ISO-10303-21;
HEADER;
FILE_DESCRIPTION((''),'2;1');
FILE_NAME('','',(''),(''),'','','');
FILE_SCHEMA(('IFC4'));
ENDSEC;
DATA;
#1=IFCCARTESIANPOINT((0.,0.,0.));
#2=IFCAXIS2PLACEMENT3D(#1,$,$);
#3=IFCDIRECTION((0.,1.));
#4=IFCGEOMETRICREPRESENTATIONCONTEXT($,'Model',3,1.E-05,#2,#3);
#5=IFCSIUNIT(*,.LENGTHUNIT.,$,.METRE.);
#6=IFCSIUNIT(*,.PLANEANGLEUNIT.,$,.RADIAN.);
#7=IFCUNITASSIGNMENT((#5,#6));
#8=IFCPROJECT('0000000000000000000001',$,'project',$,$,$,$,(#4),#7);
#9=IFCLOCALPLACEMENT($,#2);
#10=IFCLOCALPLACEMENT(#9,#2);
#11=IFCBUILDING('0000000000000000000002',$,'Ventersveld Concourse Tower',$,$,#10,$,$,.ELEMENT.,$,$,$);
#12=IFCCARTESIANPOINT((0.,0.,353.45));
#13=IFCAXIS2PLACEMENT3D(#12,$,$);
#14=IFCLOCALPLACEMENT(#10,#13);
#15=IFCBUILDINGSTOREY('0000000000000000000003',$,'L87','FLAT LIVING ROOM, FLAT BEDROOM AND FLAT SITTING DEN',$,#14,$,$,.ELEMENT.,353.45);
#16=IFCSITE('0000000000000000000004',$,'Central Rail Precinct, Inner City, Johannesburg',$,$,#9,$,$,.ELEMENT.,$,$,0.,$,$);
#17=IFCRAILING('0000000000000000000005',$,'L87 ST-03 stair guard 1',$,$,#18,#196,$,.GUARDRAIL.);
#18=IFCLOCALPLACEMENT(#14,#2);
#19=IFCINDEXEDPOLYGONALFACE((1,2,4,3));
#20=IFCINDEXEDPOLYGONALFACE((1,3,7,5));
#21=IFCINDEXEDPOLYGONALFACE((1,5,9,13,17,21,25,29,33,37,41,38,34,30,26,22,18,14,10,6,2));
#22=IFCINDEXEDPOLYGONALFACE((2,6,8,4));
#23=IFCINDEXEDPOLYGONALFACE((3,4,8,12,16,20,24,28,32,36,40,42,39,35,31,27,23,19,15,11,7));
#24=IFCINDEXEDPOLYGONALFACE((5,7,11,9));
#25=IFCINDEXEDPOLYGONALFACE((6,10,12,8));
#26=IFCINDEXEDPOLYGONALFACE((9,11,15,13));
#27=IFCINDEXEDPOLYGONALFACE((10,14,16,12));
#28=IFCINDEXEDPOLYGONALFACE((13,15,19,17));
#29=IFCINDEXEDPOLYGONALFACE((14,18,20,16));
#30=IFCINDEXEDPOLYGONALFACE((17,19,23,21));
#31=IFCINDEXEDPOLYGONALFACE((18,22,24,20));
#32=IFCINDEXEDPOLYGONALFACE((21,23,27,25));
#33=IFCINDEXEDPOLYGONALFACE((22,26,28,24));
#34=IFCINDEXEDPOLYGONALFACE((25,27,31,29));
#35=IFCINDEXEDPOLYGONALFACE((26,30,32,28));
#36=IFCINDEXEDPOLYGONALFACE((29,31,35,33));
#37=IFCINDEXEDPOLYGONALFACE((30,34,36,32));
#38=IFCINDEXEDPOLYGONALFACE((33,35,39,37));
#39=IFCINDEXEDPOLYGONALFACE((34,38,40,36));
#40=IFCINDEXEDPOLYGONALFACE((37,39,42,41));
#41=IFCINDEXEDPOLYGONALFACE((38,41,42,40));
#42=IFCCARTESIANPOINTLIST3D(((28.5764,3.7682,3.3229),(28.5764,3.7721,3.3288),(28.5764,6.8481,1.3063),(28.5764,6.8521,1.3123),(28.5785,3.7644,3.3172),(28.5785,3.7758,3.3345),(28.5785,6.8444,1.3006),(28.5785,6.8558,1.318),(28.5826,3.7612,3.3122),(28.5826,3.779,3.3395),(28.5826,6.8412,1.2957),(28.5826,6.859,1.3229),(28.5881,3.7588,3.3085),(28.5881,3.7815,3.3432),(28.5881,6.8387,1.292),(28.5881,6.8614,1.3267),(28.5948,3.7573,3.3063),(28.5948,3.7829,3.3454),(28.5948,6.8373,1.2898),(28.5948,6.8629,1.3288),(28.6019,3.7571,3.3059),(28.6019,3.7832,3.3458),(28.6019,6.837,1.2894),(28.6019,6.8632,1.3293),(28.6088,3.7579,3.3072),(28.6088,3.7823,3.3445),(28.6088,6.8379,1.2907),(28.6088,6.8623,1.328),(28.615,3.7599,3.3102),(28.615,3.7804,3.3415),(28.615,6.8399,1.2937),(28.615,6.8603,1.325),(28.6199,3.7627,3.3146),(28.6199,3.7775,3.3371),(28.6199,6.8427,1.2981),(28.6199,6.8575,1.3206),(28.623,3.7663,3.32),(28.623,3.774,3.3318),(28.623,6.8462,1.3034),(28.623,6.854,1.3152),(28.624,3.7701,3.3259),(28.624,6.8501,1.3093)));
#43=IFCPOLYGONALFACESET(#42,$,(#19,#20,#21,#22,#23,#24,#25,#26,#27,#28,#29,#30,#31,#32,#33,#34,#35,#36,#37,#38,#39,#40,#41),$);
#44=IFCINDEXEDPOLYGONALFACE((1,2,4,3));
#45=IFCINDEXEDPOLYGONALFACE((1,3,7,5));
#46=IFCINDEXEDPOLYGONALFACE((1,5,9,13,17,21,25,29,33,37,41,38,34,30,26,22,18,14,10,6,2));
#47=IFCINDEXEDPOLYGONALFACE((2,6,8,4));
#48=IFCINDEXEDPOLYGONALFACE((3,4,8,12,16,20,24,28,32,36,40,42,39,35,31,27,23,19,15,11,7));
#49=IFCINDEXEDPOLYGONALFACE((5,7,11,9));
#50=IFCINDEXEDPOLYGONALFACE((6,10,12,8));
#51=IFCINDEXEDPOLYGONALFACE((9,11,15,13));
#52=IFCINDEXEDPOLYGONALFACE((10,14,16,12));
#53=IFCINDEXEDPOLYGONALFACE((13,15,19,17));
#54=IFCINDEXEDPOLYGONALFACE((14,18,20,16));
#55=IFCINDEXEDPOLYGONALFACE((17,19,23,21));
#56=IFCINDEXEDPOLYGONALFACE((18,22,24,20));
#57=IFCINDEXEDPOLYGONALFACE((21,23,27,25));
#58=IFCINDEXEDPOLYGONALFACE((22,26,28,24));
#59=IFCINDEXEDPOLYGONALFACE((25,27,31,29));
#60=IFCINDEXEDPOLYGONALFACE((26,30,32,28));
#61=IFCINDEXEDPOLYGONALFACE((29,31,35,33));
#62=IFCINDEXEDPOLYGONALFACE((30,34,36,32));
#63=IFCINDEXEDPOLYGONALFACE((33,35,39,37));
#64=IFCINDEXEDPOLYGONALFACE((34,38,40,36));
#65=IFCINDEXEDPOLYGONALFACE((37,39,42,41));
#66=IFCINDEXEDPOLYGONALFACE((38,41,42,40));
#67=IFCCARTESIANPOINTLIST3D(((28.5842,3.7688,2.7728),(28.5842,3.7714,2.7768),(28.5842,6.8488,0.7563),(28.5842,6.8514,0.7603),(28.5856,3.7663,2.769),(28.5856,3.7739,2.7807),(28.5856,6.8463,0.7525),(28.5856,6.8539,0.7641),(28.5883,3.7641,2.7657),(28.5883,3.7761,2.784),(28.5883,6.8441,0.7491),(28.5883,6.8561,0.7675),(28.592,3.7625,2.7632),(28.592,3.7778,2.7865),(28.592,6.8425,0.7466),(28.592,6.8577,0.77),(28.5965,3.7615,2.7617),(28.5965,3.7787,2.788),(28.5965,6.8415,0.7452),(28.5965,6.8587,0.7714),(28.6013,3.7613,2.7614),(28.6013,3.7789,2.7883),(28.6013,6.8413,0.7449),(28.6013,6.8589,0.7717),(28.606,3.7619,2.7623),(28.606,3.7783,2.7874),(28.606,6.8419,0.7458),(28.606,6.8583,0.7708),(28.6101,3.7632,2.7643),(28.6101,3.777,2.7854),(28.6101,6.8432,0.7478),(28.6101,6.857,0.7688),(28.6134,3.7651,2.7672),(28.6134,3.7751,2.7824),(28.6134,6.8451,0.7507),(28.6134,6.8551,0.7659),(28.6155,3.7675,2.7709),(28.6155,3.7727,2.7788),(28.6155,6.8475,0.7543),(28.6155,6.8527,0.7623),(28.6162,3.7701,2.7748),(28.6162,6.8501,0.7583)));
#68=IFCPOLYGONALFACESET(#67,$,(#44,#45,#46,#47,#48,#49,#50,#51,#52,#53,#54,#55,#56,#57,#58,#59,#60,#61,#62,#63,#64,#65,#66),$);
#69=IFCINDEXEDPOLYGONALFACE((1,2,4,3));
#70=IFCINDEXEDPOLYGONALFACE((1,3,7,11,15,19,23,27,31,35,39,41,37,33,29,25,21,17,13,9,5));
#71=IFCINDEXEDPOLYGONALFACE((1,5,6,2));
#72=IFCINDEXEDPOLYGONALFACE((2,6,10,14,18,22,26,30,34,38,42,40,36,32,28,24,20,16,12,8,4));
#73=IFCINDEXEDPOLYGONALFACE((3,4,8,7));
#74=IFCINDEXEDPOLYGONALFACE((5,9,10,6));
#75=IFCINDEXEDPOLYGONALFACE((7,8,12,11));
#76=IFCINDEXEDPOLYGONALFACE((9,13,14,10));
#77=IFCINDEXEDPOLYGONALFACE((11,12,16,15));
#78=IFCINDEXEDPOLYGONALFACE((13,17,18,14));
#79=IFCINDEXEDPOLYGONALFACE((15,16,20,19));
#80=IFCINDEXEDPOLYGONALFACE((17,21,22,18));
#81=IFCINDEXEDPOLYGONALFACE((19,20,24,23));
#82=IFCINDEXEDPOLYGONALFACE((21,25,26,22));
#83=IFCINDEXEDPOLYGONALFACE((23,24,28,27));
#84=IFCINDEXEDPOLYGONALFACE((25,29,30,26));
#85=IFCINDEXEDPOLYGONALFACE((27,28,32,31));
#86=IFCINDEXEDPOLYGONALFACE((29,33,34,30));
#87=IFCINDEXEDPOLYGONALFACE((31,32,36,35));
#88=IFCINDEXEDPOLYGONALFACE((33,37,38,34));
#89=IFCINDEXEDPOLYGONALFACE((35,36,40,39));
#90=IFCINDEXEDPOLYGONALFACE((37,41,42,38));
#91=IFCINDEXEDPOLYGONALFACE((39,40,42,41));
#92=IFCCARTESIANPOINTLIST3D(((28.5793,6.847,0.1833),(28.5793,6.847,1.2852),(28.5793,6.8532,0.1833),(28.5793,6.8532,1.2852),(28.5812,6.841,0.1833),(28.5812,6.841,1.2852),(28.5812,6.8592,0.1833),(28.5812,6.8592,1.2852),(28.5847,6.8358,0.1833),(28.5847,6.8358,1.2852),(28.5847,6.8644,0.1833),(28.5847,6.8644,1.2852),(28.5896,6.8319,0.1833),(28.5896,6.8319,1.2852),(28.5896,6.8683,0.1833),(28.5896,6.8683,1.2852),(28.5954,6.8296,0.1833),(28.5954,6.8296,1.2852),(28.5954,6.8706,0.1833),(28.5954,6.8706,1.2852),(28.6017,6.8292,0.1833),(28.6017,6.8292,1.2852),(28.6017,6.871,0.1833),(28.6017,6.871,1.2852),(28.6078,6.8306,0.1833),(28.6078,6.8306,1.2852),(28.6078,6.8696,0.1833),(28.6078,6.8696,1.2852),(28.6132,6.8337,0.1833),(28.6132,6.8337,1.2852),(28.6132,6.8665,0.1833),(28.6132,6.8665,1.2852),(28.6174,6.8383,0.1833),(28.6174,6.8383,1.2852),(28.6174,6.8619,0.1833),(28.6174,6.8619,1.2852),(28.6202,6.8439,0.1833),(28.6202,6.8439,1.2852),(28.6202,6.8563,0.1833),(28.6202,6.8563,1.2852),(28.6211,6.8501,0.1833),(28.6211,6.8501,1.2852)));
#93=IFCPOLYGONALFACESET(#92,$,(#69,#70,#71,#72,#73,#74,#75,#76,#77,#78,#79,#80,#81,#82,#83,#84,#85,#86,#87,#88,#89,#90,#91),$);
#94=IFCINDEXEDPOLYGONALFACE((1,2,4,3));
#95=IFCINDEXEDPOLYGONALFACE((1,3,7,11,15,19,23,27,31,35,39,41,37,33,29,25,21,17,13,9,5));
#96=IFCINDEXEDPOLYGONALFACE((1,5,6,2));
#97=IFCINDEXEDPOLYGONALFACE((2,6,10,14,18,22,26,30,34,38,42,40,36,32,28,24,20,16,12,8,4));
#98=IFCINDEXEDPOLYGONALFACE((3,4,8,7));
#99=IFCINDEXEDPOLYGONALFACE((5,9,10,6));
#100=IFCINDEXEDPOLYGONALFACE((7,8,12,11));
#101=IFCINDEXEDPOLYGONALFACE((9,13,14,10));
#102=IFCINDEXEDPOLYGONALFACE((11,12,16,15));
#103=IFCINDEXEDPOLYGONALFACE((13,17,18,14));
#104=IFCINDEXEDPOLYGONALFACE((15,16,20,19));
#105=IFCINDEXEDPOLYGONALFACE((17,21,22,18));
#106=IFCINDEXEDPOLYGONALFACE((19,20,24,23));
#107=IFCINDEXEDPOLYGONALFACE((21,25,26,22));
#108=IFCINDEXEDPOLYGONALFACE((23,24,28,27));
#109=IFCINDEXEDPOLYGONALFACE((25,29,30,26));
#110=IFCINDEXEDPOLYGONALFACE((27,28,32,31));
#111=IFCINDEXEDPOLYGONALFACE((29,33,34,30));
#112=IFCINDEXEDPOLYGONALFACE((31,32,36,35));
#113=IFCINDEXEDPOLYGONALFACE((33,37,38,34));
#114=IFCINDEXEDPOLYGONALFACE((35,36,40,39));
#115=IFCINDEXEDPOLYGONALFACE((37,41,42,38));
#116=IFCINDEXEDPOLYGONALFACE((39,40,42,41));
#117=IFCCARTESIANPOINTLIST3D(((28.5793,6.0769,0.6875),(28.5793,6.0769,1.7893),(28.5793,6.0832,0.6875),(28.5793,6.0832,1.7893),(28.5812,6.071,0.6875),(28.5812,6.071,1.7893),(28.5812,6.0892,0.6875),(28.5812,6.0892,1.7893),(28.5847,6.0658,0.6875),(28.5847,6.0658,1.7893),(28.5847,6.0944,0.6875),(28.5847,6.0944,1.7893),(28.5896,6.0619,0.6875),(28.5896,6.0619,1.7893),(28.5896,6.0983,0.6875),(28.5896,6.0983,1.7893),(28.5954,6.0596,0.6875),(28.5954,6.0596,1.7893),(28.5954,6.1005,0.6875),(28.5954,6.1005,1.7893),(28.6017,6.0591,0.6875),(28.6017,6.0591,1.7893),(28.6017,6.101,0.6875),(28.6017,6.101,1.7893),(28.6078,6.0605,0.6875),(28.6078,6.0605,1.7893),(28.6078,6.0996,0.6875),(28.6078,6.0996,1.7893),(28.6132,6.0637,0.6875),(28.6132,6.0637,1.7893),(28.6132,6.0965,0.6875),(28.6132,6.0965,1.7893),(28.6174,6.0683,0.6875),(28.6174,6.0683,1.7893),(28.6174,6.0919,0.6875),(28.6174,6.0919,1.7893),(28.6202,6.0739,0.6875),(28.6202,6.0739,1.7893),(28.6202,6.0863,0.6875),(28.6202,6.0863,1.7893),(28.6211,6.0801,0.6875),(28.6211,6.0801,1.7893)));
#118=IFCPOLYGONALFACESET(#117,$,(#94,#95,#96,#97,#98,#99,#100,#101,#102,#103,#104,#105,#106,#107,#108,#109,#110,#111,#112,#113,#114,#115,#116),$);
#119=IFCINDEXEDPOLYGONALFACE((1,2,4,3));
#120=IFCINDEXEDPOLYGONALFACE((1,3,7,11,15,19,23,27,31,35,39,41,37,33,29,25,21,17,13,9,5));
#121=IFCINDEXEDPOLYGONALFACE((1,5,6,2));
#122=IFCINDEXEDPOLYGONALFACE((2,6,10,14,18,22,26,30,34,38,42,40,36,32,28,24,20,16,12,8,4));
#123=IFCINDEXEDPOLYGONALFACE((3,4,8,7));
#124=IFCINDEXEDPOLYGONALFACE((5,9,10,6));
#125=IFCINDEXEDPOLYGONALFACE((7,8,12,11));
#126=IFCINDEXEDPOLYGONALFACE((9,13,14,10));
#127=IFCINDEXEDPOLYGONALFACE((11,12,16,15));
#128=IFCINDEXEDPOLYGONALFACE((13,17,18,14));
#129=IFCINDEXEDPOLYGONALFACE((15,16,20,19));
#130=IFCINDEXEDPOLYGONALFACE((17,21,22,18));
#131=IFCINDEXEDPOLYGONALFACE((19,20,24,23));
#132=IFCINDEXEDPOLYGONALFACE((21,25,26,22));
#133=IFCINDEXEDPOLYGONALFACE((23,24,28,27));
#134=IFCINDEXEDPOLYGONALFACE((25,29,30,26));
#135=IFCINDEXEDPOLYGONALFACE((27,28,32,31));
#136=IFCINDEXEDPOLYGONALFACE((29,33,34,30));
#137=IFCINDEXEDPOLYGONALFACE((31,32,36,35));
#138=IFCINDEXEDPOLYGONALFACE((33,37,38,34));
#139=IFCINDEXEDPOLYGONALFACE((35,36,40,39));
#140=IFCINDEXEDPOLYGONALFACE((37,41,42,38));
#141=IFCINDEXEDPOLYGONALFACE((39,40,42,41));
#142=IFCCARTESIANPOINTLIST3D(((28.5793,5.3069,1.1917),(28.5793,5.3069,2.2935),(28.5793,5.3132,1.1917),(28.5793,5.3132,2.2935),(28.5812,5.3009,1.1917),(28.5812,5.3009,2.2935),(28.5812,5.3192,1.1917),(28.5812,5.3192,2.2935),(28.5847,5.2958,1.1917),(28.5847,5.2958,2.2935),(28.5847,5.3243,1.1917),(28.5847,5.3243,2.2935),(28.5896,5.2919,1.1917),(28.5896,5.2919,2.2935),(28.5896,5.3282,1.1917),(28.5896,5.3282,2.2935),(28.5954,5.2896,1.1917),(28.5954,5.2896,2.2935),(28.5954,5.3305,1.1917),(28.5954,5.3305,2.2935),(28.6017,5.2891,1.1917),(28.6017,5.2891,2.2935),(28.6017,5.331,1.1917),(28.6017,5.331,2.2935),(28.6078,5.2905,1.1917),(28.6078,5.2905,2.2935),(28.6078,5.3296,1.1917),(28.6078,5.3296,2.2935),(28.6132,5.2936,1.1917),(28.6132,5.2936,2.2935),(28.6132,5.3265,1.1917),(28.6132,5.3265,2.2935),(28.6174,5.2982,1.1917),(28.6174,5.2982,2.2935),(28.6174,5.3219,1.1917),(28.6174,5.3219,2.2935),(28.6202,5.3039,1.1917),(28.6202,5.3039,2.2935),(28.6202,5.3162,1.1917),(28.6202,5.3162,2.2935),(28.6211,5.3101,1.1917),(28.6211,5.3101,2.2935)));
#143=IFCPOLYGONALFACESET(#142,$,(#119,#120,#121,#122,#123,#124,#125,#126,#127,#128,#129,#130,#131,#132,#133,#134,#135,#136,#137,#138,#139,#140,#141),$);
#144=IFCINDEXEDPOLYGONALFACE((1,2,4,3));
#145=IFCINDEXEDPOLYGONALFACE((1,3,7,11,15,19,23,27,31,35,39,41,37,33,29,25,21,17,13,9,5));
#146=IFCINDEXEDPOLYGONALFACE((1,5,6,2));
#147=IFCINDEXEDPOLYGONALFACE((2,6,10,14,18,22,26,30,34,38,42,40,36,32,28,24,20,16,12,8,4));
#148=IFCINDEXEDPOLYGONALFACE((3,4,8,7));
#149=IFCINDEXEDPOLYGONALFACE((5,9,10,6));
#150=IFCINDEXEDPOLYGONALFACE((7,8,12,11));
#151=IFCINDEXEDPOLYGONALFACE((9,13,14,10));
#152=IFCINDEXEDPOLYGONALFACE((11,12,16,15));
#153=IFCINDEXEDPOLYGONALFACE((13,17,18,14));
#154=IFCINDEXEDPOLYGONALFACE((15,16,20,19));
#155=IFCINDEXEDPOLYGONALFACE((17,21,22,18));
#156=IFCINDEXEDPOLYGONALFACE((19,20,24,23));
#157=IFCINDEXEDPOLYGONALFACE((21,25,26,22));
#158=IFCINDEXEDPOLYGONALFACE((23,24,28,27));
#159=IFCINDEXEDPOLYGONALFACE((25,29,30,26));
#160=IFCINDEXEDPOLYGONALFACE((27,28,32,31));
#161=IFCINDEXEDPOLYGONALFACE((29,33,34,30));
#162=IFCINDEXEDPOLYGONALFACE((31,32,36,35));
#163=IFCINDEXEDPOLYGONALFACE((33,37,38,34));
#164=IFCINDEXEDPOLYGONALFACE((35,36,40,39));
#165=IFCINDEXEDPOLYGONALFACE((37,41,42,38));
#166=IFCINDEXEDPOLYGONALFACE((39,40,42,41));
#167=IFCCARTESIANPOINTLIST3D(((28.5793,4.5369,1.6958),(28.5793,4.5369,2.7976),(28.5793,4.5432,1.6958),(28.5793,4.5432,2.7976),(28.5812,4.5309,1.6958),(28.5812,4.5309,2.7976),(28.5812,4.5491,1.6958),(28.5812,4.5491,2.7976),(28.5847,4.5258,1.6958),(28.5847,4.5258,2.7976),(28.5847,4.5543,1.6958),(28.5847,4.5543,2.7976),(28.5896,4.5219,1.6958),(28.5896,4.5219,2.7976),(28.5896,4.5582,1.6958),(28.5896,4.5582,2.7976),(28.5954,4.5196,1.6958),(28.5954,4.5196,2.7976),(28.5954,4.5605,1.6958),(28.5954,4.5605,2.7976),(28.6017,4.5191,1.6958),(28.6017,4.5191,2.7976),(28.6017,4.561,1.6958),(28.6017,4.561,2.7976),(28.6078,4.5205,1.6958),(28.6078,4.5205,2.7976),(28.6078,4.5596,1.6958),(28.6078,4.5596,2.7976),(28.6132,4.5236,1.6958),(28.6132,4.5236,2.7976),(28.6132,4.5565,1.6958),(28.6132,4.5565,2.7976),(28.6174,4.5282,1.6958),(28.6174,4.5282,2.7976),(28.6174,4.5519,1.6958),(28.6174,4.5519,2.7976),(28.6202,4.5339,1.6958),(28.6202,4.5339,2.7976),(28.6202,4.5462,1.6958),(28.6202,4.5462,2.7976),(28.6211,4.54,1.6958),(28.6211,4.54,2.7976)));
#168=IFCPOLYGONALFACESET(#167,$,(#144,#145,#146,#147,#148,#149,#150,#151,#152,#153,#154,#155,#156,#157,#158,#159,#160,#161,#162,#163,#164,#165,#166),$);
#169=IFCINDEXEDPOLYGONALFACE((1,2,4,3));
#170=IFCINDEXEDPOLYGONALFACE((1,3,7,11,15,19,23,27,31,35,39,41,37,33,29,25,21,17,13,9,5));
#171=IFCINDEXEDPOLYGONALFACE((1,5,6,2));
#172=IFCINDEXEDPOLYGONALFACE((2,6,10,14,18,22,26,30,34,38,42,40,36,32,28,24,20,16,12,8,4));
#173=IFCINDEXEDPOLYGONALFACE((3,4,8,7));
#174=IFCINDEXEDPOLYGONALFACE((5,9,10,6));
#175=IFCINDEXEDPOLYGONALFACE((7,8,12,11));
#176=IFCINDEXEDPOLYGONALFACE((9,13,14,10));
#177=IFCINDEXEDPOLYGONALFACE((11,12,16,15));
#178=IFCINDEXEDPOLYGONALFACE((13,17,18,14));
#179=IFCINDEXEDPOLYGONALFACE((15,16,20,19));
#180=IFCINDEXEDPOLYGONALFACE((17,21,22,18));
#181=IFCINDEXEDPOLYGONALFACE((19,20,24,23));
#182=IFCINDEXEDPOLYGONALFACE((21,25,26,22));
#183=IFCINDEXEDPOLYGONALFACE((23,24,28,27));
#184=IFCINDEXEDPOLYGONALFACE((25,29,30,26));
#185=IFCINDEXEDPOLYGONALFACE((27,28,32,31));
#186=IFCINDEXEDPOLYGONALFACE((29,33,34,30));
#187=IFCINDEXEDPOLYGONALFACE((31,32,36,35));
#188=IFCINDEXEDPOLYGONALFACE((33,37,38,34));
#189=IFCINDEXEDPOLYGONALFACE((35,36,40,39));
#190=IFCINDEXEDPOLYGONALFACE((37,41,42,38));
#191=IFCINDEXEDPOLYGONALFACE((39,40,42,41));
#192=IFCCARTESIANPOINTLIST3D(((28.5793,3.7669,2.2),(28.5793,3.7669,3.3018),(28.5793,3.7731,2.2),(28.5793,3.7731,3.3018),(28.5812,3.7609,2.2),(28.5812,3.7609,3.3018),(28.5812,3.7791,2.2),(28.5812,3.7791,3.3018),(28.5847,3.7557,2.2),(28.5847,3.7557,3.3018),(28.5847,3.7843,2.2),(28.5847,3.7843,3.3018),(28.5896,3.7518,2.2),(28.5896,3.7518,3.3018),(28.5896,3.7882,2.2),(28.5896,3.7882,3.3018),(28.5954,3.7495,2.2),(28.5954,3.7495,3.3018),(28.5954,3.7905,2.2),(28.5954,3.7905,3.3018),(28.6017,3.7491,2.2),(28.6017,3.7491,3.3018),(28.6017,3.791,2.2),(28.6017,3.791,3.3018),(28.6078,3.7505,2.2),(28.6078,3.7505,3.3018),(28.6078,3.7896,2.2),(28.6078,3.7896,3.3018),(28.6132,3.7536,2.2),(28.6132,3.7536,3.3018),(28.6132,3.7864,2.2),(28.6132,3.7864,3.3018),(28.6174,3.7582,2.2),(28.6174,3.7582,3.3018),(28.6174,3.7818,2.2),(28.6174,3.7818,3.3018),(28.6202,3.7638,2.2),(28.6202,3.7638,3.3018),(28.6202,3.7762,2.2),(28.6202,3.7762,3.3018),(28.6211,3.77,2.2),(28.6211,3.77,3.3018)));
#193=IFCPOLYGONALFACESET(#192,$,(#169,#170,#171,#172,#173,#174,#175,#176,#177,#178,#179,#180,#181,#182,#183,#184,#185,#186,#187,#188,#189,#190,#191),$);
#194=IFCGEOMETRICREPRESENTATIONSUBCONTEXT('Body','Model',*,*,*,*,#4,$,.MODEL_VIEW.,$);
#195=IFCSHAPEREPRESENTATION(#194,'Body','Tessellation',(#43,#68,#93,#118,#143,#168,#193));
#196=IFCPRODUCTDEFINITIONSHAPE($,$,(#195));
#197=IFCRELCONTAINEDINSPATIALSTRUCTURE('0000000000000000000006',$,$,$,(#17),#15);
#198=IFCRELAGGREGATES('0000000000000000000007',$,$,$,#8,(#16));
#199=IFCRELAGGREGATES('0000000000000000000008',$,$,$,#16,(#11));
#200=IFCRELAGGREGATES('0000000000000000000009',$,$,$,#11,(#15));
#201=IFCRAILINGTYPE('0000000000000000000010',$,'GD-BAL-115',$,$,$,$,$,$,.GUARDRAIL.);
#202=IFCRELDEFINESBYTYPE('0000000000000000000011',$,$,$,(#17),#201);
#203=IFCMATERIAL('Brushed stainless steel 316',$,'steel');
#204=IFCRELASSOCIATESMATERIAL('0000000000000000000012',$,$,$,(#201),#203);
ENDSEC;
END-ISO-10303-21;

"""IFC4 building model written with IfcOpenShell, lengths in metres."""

from ifc_helpers import new_model, si_unit, direction, frame, origin, origin_2d, place, context, subcontext, project, spatial, circle, extrude, material, type_object, element, save


model = new_model("IFC4")

# Units and contexts
model_context = context("Model", 3, precision=1e-05, world=origin(), true_north=direction((0.0, 1.0)))
body_context = subcontext(model_context, "Body", "Model", "MODEL_VIEW")
ifc_project = project(units=[si_unit("LENGTHUNIT", "METRE"), si_unit("PLANEANGLEUNIT", "RADIAN")], contexts=[model_context])

# Site, building, storey
site_placement = place(None, origin())
site = spatial("IfcSite", under=ifc_project, at=site_placement, Name="Central Rail Precinct, Inner City, Johannesburg", CompositionType="ELEMENT", RefElevation=0.0)
building_placement = place(site_placement, origin())
building = spatial("IfcBuilding", under=site, at=building_placement, Name="Ventersveld Concourse Tower", CompositionType="ELEMENT")
storey_placement = place(building_placement, frame((0.0, 0.0, 353.45)))
storey = spatial("IfcBuildingStorey", under=building, at=storey_placement, Name="L87", Description="FLAT LIVING ROOM, FLAT BEDROOM AND FLAT SITTING DEN", CompositionType="ELEMENT", Elevation=353.45)

# Shared definitions
ifc_material_1 = material(Name="Brushed stainless steel 316", Category="steel")

# Railing
railing_type_1 = type_object("IfcRailingType", Name="GD-BAL-115", PredefinedType="GUARDRAIL", material=ifc_material_1)
railing_1_placement = place(storey_placement, frame((28.6001, 6.8501, 0.1833)))
element("IfcRailing", 1, at=railing_1_placement, inside=storey, type_object=railing_type_1, Name="L87 ST-03 stair guard 1", PredefinedType="GUARDRAIL", context=body_context, shape_type="SweptSolid", body=[
    extrude(circle(Radius=0.0239, at=origin_2d()), frame((0.0, 0.0, 1.126), z_axis=(0.0, -0.836633, 0.547764), x_axis=(1.0, 0.0, 0.0)), (0.0, 0.0, 1.0), 3.6814),
    extrude(circle(Radius=0.0161, at=origin_2d()), frame((0.0, 0.0, 0.575), z_axis=(0.0, -0.836633, 0.547764), x_axis=(1.0, 0.0, 0.0)), (0.0, 0.0, 1.0), 3.6814),
    extrude(circle(Radius=0.021, at=origin_2d()), origin(), (0.0, 0.0, 1.0), 1.1018),
    extrude(circle(Radius=0.021, at=origin_2d()), frame((0.0, -0.77, 0.5042)), (0.0, 0.0, 1.0), 1.1018),
    extrude(circle(Radius=0.021, at=origin_2d()), frame((0.0, -1.54, 1.0083)), (0.0, 0.0, 1.0), 1.1018),
    extrude(circle(Radius=0.021, at=origin_2d()), frame((0.0, -2.3101, 1.5125)), (0.0, 0.0, 1.0), 1.1018),
    extrude(circle(Radius=0.021, at=origin_2d()), frame((0.0, -3.0801, 2.0166)), (0.0, 0.0, 1.0), 1.1018),
])

save(model, "model.ifc")
